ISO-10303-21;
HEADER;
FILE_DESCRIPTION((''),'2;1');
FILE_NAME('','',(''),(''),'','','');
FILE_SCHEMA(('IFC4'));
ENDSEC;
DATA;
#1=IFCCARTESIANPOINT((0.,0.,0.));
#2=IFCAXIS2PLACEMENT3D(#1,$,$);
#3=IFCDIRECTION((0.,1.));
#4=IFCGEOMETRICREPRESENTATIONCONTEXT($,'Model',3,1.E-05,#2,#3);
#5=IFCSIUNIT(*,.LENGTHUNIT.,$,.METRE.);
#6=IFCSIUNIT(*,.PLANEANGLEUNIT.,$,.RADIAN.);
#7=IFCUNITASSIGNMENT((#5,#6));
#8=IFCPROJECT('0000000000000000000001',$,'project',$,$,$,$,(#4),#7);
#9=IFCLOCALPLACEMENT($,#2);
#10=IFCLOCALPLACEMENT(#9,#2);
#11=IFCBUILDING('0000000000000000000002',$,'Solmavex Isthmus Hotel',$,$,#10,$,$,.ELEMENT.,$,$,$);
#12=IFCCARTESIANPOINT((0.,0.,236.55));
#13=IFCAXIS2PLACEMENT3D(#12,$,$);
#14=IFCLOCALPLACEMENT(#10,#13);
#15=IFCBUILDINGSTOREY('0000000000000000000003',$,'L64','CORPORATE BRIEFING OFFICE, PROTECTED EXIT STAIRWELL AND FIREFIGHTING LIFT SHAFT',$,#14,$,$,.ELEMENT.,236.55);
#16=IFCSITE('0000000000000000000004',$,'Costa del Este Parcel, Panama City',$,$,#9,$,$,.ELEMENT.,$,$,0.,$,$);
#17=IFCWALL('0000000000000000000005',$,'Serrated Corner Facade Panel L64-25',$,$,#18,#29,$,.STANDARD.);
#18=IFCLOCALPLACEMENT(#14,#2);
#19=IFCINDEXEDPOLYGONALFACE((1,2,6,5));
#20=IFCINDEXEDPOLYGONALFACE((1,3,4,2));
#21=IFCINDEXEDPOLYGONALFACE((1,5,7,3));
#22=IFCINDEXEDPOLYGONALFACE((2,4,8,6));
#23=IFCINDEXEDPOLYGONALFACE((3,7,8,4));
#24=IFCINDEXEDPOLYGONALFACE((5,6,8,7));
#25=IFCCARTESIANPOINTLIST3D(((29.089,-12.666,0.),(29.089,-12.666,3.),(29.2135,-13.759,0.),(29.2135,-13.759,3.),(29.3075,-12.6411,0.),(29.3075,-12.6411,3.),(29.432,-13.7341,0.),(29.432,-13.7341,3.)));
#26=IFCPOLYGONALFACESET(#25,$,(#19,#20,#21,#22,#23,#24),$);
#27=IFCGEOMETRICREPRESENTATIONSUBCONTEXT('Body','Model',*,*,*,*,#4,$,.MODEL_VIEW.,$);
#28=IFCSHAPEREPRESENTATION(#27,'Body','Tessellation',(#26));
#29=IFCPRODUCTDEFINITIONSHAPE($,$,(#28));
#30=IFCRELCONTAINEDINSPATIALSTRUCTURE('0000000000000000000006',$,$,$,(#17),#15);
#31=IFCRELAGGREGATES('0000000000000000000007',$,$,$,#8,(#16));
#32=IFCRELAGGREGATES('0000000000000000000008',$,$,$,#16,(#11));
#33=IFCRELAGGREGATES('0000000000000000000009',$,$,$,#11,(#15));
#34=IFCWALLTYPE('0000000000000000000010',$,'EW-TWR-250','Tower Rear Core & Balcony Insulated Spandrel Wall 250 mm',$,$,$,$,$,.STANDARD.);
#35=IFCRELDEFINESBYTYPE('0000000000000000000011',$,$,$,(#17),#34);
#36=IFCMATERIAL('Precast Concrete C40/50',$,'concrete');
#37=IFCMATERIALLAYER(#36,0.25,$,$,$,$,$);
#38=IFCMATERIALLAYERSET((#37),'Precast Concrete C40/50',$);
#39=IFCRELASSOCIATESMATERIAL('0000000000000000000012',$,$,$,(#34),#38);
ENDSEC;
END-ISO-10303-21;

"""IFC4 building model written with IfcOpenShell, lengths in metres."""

from ifc_helpers import new_model, si_unit, direction, frame, frame_2d, origin, place, context, subcontext, project, spatial, rectangle, extrude, material, layer, layer_set, type_object, element, save


model = new_model("IFC4")

# Units and contexts
model_context = context("Model", 3, precision=1e-05, world=origin(), true_north=direction((0.0, 1.0)))
body_context = subcontext(model_context, "Body", "Model", "MODEL_VIEW")
ifc_project = project(units=[si_unit("LENGTHUNIT", "METRE"), si_unit("PLANEANGLEUNIT", "RADIAN")], contexts=[model_context])

# Site, building, storey
site_placement = place(None, origin())
site = spatial("IfcSite", under=ifc_project, at=site_placement, Name="Costa del Este Parcel, Panama City", CompositionType="ELEMENT", RefElevation=0.0)
building_placement = place(site_placement, origin())
building = spatial("IfcBuilding", under=site, at=building_placement, Name="Solmavex Isthmus Hotel", CompositionType="ELEMENT")
storey_placement = place(building_placement, frame((0.0, 0.0, 236.55)))
storey = spatial("IfcBuildingStorey", under=building, at=storey_placement, Name="L64", Description="CORPORATE BRIEFING OFFICE, PROTECTED EXIT STAIRWELL AND FIREFIGHTING LIFT SHAFT", CompositionType="ELEMENT", Elevation=236.55)

# Wall
ifc_material_1 = material(Name="Precast Concrete C40/50", Category="concrete")
ifc_layer_1 = layer(ifc_material_1, 0.25)
ifc_layer_set_1 = layer_set([ifc_layer_1], Name="Precast Concrete C40/50")
wall_type = type_object("IfcWallType", Name="EW-TWR-250", Description="Tower Rear Core & Balcony Insulated Spandrel Wall 250 mm", PredefinedType="STANDARD", material=ifc_layer_set_1)
for number, where, z_axis, x_axis, name in (
    (1, (29.1982, -12.6536, 0.0), (0.0, 0.0, 1.0), (0.113184, -0.993574, 0.0), "Serrated Corner Facade Panel L64-25"),
):
    element("IfcWall", number, at=place(storey_placement, frame(where, z_axis=z_axis, x_axis=x_axis)), inside=storey, type_object=wall_type, Name=name, PredefinedType="STANDARD", context=body_context, shape_type="SweptSolid", body=[
        extrude(rectangle(XDim=1.1001, YDim=0.22, at=frame_2d((0.55, 0.0))), origin(), (0.0, 0.0, 1.0), 3.0),
    ])

save(model, "model.ifc")
